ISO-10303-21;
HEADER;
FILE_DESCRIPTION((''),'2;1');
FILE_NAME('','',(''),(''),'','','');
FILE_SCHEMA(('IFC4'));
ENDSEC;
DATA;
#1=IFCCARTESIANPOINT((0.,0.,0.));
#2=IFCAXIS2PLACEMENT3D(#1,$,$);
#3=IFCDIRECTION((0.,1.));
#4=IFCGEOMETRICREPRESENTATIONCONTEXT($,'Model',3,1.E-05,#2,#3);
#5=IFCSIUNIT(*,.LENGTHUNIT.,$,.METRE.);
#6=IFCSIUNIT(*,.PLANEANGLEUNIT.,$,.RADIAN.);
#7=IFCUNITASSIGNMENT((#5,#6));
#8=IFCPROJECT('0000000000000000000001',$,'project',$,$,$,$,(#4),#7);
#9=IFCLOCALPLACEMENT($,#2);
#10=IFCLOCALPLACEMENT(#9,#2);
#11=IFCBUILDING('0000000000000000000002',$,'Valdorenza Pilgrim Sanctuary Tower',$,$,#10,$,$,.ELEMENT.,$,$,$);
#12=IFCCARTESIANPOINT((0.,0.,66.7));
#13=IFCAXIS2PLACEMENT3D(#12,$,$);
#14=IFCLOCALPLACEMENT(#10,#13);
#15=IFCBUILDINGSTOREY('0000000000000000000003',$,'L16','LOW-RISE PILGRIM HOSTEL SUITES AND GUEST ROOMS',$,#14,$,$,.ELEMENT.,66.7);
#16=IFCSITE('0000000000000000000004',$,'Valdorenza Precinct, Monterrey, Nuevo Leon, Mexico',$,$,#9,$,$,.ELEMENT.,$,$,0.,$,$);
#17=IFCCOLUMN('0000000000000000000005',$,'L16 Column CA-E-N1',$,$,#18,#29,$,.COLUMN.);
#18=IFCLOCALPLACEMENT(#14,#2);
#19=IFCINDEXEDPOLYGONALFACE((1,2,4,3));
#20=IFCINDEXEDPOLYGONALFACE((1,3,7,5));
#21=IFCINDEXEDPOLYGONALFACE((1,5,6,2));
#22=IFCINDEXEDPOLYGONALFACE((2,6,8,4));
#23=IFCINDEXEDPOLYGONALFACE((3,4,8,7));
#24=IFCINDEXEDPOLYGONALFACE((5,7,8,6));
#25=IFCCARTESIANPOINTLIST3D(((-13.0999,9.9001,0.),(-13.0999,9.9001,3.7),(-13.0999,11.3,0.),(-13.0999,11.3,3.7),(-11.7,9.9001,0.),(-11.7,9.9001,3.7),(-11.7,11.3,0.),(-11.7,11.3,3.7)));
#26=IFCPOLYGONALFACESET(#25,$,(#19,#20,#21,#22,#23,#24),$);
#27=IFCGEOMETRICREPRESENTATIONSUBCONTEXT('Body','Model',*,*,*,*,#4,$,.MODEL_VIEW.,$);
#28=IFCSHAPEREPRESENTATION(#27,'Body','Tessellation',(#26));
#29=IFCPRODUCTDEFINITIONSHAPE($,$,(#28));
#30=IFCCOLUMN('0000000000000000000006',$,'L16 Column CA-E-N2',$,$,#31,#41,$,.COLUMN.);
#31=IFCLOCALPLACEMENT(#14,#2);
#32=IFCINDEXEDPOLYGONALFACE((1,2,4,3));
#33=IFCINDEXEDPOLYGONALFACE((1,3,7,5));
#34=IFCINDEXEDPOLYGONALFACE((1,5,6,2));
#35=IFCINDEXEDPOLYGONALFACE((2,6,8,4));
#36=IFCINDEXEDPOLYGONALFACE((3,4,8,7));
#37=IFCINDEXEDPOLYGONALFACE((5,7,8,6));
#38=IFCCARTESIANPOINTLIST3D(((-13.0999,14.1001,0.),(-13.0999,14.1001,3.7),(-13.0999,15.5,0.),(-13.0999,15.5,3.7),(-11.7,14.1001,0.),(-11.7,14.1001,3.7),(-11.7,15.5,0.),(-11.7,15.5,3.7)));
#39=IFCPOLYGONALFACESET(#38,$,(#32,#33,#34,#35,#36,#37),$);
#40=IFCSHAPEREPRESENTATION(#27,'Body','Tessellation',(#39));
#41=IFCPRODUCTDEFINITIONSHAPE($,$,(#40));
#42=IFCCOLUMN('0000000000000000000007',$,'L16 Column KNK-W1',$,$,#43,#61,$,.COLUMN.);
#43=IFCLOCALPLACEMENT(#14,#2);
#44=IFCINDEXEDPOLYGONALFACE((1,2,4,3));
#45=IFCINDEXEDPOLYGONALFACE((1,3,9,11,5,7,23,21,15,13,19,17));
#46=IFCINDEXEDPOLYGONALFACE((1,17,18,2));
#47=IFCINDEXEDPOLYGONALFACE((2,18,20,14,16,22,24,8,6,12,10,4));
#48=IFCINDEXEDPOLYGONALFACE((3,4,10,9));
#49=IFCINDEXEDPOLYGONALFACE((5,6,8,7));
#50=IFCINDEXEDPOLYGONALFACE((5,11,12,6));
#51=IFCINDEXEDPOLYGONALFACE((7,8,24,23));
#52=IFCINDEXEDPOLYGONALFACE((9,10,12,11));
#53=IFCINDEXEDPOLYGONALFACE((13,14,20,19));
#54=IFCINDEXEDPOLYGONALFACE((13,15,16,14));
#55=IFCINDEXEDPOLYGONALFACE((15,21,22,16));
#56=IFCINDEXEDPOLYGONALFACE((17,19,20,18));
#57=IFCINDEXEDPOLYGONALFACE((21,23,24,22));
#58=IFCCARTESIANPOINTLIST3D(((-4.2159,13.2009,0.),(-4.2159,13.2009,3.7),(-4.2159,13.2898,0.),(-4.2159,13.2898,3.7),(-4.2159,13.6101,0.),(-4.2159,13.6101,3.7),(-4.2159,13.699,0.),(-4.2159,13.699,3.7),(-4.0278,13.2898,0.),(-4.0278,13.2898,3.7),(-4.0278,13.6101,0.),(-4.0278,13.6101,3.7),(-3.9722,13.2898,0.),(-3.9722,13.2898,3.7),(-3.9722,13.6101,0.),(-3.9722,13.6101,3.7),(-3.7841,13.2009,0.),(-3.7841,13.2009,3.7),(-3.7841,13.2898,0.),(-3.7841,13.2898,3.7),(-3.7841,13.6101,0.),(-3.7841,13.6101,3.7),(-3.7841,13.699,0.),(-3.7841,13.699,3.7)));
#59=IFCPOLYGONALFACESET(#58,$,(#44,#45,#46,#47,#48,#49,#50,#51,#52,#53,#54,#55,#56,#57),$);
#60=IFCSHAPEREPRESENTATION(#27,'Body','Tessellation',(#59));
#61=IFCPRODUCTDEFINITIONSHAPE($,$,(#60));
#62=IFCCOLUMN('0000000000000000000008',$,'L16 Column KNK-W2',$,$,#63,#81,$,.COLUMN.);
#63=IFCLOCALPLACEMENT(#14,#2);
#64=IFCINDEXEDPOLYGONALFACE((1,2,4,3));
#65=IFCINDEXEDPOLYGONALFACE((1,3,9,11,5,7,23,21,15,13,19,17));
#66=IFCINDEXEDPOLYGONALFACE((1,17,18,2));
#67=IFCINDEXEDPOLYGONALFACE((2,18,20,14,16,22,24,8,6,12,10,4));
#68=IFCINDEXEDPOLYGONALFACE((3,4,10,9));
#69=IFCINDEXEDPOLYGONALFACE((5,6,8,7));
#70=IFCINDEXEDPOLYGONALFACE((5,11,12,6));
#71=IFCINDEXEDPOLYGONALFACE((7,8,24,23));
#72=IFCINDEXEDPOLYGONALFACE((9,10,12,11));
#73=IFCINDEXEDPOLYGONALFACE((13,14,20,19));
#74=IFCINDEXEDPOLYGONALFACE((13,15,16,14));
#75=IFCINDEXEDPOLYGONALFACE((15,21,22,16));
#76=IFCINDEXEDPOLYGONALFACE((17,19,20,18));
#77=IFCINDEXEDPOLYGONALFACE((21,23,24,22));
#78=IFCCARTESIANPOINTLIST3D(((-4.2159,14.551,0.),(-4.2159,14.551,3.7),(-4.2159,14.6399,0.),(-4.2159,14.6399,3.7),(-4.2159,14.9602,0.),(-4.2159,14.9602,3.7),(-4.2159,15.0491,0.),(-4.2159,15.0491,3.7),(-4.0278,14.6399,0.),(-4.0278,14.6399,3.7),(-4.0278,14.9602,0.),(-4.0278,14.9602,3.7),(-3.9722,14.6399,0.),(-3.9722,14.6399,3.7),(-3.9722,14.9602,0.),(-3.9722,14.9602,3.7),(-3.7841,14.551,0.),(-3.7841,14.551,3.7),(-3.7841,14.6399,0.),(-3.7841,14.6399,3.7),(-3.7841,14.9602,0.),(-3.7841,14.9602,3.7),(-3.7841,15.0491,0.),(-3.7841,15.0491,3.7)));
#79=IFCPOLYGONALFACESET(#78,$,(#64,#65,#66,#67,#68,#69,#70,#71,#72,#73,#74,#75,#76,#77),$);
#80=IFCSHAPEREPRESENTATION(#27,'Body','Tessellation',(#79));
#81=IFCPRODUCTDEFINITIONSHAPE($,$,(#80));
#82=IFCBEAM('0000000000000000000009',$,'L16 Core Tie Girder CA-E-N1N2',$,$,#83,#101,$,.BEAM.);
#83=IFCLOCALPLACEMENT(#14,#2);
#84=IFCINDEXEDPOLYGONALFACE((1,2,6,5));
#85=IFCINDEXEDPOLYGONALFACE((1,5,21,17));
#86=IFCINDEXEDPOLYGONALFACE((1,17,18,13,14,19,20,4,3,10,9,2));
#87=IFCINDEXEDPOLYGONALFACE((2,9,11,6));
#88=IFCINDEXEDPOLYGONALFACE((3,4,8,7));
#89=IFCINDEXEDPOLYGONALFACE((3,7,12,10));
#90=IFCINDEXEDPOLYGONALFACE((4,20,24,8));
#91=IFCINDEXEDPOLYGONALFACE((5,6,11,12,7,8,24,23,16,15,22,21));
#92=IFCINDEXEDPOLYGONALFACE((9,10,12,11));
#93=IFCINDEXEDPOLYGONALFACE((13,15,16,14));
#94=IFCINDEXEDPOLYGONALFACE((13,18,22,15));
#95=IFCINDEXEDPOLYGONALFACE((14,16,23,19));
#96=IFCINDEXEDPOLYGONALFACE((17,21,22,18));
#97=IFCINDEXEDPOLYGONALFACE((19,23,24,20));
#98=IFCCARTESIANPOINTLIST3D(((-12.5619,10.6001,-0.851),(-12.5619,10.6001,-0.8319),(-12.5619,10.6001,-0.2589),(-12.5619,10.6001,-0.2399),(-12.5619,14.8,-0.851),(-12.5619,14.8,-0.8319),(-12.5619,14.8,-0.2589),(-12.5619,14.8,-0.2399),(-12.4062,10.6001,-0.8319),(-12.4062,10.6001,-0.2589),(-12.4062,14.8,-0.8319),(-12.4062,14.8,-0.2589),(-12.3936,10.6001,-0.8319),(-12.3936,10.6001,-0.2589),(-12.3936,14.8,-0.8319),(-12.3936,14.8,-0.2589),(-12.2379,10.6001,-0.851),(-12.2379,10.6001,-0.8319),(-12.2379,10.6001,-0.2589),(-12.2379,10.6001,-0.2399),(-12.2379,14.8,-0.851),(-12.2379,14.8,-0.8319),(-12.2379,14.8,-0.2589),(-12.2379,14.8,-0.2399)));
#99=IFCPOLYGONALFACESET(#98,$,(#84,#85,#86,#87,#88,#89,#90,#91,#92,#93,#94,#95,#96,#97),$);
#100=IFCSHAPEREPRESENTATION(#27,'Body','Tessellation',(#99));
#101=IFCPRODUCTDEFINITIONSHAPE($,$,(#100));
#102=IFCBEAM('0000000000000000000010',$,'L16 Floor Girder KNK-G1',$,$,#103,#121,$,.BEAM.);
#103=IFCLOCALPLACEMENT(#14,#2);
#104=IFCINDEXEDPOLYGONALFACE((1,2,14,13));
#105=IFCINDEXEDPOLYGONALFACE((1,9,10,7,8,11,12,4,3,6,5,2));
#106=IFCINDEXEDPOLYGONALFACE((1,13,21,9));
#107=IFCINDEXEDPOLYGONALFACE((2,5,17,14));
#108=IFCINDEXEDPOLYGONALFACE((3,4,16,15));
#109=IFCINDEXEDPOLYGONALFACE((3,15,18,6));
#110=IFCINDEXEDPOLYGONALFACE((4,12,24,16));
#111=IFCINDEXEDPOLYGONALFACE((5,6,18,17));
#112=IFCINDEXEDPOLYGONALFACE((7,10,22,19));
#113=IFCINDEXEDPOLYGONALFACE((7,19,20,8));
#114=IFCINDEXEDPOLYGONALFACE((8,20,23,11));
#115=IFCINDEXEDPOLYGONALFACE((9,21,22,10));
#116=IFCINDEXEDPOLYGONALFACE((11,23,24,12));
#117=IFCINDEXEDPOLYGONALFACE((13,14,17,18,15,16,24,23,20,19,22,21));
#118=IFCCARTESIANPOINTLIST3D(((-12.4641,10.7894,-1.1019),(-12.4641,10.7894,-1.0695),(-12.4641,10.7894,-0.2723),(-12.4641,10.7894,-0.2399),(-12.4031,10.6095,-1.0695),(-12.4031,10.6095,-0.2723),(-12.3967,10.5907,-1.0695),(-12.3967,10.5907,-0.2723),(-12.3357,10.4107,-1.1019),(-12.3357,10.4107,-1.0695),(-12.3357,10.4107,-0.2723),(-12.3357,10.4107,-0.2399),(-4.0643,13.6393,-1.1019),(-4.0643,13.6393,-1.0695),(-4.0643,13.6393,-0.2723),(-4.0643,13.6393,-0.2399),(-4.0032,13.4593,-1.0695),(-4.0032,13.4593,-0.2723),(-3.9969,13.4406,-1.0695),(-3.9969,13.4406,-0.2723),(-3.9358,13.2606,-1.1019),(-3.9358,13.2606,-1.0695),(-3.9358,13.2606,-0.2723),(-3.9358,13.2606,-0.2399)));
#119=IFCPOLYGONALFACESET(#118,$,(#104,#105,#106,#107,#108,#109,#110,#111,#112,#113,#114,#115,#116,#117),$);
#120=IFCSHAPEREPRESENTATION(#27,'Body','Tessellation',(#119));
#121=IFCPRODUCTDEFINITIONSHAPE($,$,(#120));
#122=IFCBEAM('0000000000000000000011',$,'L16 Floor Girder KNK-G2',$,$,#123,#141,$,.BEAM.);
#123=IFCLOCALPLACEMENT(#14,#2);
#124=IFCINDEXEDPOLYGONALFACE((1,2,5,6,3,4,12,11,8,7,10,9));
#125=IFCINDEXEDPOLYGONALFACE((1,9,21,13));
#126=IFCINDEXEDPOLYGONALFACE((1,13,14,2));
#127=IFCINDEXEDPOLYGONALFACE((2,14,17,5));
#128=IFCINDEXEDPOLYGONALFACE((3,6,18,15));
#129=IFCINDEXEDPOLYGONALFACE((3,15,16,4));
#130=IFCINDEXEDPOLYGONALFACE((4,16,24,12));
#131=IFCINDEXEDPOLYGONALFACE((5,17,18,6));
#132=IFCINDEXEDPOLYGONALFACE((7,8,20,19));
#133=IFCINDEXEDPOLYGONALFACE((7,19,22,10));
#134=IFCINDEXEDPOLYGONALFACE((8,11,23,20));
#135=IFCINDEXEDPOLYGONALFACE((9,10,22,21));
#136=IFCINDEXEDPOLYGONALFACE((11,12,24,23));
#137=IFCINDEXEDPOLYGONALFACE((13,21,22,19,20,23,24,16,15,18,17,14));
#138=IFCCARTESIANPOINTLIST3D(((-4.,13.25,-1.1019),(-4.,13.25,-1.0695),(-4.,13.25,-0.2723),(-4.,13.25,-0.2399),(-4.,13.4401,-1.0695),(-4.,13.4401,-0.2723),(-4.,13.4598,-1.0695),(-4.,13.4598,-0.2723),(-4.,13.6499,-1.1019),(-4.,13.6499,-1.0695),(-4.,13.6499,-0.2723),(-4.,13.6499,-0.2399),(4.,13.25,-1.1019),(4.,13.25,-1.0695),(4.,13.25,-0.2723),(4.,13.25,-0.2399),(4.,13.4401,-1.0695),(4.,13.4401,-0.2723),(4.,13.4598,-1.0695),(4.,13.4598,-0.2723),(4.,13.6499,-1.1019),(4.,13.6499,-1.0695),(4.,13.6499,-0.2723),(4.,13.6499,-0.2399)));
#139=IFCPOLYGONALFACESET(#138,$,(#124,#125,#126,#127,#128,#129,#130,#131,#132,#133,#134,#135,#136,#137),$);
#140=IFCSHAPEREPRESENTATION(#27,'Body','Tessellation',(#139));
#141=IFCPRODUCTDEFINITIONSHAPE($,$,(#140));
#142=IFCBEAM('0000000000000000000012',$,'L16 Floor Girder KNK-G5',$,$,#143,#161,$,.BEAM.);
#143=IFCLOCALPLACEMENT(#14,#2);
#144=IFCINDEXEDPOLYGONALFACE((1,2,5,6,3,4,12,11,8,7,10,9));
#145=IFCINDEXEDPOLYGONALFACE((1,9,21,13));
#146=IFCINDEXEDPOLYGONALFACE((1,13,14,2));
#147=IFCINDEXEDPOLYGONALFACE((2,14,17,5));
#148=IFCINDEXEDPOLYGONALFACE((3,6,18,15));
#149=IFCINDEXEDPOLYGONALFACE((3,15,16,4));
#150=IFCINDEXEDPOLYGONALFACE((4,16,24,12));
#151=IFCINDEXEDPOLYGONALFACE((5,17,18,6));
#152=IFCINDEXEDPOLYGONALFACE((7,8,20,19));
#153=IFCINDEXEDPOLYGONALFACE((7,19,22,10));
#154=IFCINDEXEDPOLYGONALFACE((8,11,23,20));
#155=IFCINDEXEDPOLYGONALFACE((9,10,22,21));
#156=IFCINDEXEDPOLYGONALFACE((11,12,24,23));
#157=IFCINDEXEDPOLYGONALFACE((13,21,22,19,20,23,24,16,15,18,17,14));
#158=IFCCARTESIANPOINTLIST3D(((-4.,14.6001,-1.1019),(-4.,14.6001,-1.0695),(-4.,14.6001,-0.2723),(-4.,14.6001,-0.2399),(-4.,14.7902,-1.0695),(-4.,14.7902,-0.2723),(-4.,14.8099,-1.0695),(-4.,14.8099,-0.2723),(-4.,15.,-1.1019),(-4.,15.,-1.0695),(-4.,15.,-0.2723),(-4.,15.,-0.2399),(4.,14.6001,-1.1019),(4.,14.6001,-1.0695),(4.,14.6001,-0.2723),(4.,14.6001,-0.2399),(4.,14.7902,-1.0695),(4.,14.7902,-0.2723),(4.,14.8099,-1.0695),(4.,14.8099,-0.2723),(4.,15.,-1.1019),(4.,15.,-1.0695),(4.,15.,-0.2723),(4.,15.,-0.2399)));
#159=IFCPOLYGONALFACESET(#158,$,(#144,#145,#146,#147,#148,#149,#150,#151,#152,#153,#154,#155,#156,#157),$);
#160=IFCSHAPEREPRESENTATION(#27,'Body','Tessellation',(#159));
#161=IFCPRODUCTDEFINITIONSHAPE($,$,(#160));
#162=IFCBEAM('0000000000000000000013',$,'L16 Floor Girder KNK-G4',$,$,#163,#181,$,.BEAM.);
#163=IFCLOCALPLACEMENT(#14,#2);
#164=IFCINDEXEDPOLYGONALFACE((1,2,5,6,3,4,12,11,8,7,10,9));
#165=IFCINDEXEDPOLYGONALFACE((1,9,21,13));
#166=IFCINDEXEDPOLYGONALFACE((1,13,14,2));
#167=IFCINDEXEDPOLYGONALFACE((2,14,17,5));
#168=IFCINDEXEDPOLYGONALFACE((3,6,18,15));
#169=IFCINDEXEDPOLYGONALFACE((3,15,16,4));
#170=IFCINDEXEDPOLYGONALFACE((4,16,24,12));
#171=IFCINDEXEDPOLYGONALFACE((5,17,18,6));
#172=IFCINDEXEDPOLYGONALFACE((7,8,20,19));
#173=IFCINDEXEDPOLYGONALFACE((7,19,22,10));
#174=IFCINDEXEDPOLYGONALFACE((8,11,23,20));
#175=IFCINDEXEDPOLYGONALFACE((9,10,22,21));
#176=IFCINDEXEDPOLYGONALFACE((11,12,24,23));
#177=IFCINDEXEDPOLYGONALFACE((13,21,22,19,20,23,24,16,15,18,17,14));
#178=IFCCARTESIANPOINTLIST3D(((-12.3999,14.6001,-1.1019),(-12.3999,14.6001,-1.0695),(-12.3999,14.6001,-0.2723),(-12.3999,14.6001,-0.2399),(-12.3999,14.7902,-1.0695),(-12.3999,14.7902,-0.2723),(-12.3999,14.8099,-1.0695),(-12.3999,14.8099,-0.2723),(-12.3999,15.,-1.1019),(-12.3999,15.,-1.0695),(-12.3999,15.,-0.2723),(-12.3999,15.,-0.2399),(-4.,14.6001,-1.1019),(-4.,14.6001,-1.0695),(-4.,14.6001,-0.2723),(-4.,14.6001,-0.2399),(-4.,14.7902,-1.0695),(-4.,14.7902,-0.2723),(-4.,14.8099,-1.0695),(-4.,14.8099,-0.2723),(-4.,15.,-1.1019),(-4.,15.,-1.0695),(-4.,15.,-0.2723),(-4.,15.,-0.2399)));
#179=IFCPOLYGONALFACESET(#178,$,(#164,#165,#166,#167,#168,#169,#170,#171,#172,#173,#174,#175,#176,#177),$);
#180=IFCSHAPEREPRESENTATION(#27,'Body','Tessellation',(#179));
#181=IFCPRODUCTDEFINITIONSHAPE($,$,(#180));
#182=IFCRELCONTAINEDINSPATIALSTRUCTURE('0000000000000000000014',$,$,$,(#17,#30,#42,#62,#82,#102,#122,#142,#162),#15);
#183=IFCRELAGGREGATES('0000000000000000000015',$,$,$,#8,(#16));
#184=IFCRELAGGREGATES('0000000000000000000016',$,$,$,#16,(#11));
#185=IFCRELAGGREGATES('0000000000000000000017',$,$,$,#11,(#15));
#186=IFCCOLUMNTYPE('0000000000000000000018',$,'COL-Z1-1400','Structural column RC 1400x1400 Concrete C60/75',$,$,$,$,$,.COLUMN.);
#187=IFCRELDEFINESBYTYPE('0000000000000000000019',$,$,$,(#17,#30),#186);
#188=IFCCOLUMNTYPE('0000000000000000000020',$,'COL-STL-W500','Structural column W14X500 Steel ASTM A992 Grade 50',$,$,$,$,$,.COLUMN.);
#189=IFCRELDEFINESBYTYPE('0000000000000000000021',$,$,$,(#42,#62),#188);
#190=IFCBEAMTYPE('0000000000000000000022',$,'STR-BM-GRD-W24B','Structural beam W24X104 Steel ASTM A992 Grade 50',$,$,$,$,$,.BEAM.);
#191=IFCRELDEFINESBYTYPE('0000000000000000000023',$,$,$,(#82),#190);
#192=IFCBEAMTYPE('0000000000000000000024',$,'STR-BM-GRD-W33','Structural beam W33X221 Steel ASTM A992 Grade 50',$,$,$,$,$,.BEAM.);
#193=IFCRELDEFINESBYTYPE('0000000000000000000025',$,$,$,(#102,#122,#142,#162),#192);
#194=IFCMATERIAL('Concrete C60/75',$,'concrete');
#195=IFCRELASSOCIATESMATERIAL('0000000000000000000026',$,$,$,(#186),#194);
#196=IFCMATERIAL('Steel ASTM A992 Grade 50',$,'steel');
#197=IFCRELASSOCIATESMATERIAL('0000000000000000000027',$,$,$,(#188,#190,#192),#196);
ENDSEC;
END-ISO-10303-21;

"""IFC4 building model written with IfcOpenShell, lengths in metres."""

from ifc_helpers import new_model, si_unit, direction, frame, origin, origin_2d, place, context, subcontext, project, spatial, rectangle, i_section, extrude, source, transform, mapped, material, material_profile, profile_set, type_object, element, save


model = new_model("IFC4")

# Units and contexts
model_context = context("Model", 3, precision=1e-05, world=origin(), true_north=direction((0.0, 1.0)))
body_context = subcontext(model_context, "Body", "Model", "MODEL_VIEW")
ifc_project = project(units=[si_unit("LENGTHUNIT", "METRE"), si_unit("PLANEANGLEUNIT", "RADIAN")], contexts=[model_context])

# Site, building, storey
site_placement = place(None, origin())
site = spatial("IfcSite", under=ifc_project, at=site_placement, Name="Valdorenza Precinct, Monterrey, Nuevo Leon, Mexico", CompositionType="ELEMENT", RefElevation=0.0)
building_placement = place(site_placement, origin())
building = spatial("IfcBuilding", under=site, at=building_placement, Name="Valdorenza Pilgrim Sanctuary Tower", CompositionType="ELEMENT")
storey_placement = place(building_placement, frame((0.0, 0.0, 66.7)))
storey = spatial("IfcBuildingStorey", under=building, at=storey_placement, Name="L16", Description="LOW-RISE PILGRIM HOSTEL SUITES AND GUEST ROOMS", CompositionType="ELEMENT", Elevation=66.7)

# Columns
ifc_material_1 = material(Name="Concrete C60/75", Category="concrete")
ifc_material_profile_1 = material_profile(ifc_material_1, rectangle(XDim=1.3999, YDim=1.3999, at=origin_2d()), Name="RC 1400x1400")
ifc_profile_set_1 = profile_set([ifc_material_profile_1], Name="Concrete C60/75")
column_type_1 = type_object("IfcColumnType", Name="COL-Z1-1400", Description="Structural column RC 1400x1400 Concrete C60/75", PredefinedType="COLUMN", material=ifc_profile_set_1)
shared_shape_1 = source(origin(), body_context, "Body", "SweptSolid", [
    extrude(rectangle(XDim=1.3999, YDim=1.3999, at=origin_2d()), origin(), (0.0, 0.0, 1.0), 3.7),
])
for number, where, z_axis, x_axis, name in (
    (1, (-12.3999, 10.6001, 0.0), (0.0, 0.0, 1.0), (1.0, 0.0, 0.0), "L16 Column CA-E-N1"),
    (2, (-12.3999, 14.8, 0.0), (0.0, 0.0, 1.0), (1.0, 0.0, 0.0), "L16 Column CA-E-N2"),
):
    element("IfcColumn", number, at=place(storey_placement, frame(where, z_axis=z_axis, x_axis=x_axis)), inside=storey, type_object=column_type_1, Name=name, PredefinedType="COLUMN", context=body_context, shape_type="MappedRepresentation", body=[
        mapped(shared_shape_1, transform((0.0, 0.0, 0.0), x_axis=(1.0, 0.0, 0.0), y_axis=(0.0, 1.0, 0.0), z_axis=(0.0, 0.0, 1.0), scale=1.0)),
    ])
ifc_material_2 = material(Name="Steel ASTM A992 Grade 50", Category="steel")
ifc_material_profile_2 = material_profile(ifc_material_2, i_section(OverallWidth=0.4319, OverallDepth=0.498, WebThickness=0.0557, FlangeThickness=0.0889, at=origin_2d()), Name="W14X500")
ifc_profile_set_2 = profile_set([ifc_material_profile_2], Name="Steel ASTM A992 Grade 50")
column_type_2 = type_object("IfcColumnType", Name="COL-STL-W500", Description="Structural column W14X500 Steel ASTM A992 Grade 50", PredefinedType="COLUMN", material=ifc_profile_set_2)
shared_shape_2 = source(origin(), body_context, "Body", "SweptSolid", [
    extrude(i_section(OverallWidth=0.4319, OverallDepth=0.498, WebThickness=0.0557, FlangeThickness=0.0889, at=origin_2d()), origin(), (0.0, 0.0, 1.0), 3.7),
])
for number, where, z_axis, x_axis, name in (
    (3, (-4.0, 13.45, 0.0), (0.0, 0.0, 1.0), (1.0, 0.0, 0.0), "L16 Column KNK-W1"),
    (4, (-4.0, 14.8, 0.0), (0.0, 0.0, 1.0), (1.0, 0.0, 0.0), "L16 Column KNK-W2"),
):
    element("IfcColumn", number, at=place(storey_placement, frame(where, z_axis=z_axis, x_axis=x_axis)), inside=storey, type_object=column_type_2, Name=name, PredefinedType="COLUMN", context=body_context, shape_type="MappedRepresentation", body=[
        mapped(shared_shape_2, transform((0.0, 0.0, 0.0), x_axis=(1.0, 0.0, 0.0), y_axis=(0.0, 1.0, 0.0), z_axis=(0.0, 0.0, 1.0), scale=1.0)),
    ])

# Beams
ifc_material_profile_3 = material_profile(ifc_material_2, i_section(OverallWidth=0.324, OverallDepth=0.6111, WebThickness=0.0127, FlangeThickness=0.019, at=origin_2d()), Name="W24X104")
ifc_profile_set_3 = profile_set([ifc_material_profile_3], Name="Steel ASTM A992 Grade 50")
beam_type_1 = type_object("IfcBeamType", Name="STR-BM-GRD-W24B", Description="Structural beam W24X104 Steel ASTM A992 Grade 50", PredefinedType="BEAM", material=ifc_profile_set_3)
shared_shape_3 = source(origin(), body_context, "Body", "SweptSolid", [
    extrude(i_section(OverallWidth=0.324, OverallDepth=0.6111, WebThickness=0.0127, FlangeThickness=0.019, at=origin_2d()), origin(), (0.0, 0.0, 1.0), 4.2),
])
beam_1_placement = place(storey_placement, frame((-12.3999, 10.6001, -0.5454), z_axis=(0.0, 1.0, 0.0), x_axis=(-1.0, 0.0, 0.0)))
element("IfcBeam", 5, at=beam_1_placement, inside=storey, type_object=beam_type_1, Name="L16 Core Tie Girder CA-E-N1N2", PredefinedType="BEAM", context=body_context, shape_type="MappedRepresentation", body=[
    mapped(shared_shape_3, transform((0.0, 0.0, 0.0), x_axis=(1.0, 0.0, 0.0), y_axis=(0.0, 1.0, 0.0), z_axis=(0.0, 0.0, 1.0), scale=1.0)),
])
ifc_material_profile_4 = material_profile(ifc_material_2, i_section(OverallWidth=0.3999, OverallDepth=0.8621, WebThickness=0.0198, FlangeThickness=0.0325, at=origin_2d()), Name="W33X221")
ifc_profile_set_4 = profile_set([ifc_material_profile_4], Name="Steel ASTM A992 Grade 50")
beam_type_2 = type_object("IfcBeamType", Name="STR-BM-GRD-W33", Description="Structural beam W33X221 Steel ASTM A992 Grade 50", PredefinedType="BEAM", material=ifc_profile_set_4)
shared_shape_4 = source(origin(), body_context, "Body", "SweptSolid", [
    extrude(i_section(OverallWidth=0.3999, OverallDepth=0.8621, WebThickness=0.0198, FlangeThickness=0.0325, at=origin_2d()), origin(), (0.0, 0.0, 1.0), 8.8701),
])
beam_2_placement = place(storey_placement, frame((-12.3999, 10.6001, -0.6709), z_axis=(0.946983, 0.321285, 0.0), x_axis=(-0.321285, 0.946983, 0.0)))
element("IfcBeam", 6, at=beam_2_placement, inside=storey, type_object=beam_type_2, Name="L16 Floor Girder KNK-G1", PredefinedType="BEAM", context=body_context, shape_type="MappedRepresentation", body=[
    mapped(shared_shape_4, transform((0.0, 0.0, 0.0), x_axis=(1.0, 0.0, 0.0), y_axis=(0.0, 1.0, 0.0), z_axis=(0.0, 0.0, 1.0), scale=1.0)),
])
shared_shape_5 = source(origin(), body_context, "Body", "SweptSolid", [
    extrude(i_section(OverallWidth=0.3999, OverallDepth=0.8621, WebThickness=0.0198, FlangeThickness=0.0325, at=origin_2d()), origin(), (0.0, 0.0, 1.0), 8.0),
])
for number, where, z_axis, x_axis, name in (
    (7, (-4.0, 13.45, -0.6709), (1.0, 0.0, 0.0), (0.0, 1.0, 0.0), "L16 Floor Girder KNK-G2"),
    (8, (-4.0, 14.8, -0.6709), (1.0, 0.0, 0.0), (0.0, 1.0, 0.0), "L16 Floor Girder KNK-G5"),
):
    element("IfcBeam", number, at=place(storey_placement, frame(where, z_axis=z_axis, x_axis=x_axis)), inside=storey, type_object=beam_type_2, Name=name, PredefinedType="BEAM", context=body_context, shape_type="MappedRepresentation", body=[
        mapped(shared_shape_5, transform((0.0, 0.0, 0.0), x_axis=(1.0, 0.0, 0.0), y_axis=(0.0, 1.0, 0.0), z_axis=(0.0, 0.0, 1.0), scale=1.0)),
    ])
shared_shape_6 = source(origin(), body_context, "Body", "SweptSolid", [
    extrude(i_section(OverallWidth=0.3999, OverallDepth=0.8621, WebThickness=0.0198, FlangeThickness=0.0325, at=origin_2d()), origin(), (0.0, 0.0, 1.0), 8.3999),
])
beam_3_placement = place(storey_placement, frame((-12.3999, 14.8, -0.6709), z_axis=(1.0, 0.0, 0.0), x_axis=(0.0, 1.0, 0.0)))
element("IfcBeam", 9, at=beam_3_placement, inside=storey, type_object=beam_type_2, Name="L16 Floor Girder KNK-G4", PredefinedType="BEAM", context=body_context, shape_type="MappedRepresentation", body=[
    mapped(shared_shape_6, transform((0.0, 0.0, 0.0), x_axis=(1.0, 0.0, 0.0), y_axis=(0.0, 1.0, 0.0), z_axis=(0.0, 0.0, 1.0), scale=1.0)),
])

save(model, "model.ifc")
